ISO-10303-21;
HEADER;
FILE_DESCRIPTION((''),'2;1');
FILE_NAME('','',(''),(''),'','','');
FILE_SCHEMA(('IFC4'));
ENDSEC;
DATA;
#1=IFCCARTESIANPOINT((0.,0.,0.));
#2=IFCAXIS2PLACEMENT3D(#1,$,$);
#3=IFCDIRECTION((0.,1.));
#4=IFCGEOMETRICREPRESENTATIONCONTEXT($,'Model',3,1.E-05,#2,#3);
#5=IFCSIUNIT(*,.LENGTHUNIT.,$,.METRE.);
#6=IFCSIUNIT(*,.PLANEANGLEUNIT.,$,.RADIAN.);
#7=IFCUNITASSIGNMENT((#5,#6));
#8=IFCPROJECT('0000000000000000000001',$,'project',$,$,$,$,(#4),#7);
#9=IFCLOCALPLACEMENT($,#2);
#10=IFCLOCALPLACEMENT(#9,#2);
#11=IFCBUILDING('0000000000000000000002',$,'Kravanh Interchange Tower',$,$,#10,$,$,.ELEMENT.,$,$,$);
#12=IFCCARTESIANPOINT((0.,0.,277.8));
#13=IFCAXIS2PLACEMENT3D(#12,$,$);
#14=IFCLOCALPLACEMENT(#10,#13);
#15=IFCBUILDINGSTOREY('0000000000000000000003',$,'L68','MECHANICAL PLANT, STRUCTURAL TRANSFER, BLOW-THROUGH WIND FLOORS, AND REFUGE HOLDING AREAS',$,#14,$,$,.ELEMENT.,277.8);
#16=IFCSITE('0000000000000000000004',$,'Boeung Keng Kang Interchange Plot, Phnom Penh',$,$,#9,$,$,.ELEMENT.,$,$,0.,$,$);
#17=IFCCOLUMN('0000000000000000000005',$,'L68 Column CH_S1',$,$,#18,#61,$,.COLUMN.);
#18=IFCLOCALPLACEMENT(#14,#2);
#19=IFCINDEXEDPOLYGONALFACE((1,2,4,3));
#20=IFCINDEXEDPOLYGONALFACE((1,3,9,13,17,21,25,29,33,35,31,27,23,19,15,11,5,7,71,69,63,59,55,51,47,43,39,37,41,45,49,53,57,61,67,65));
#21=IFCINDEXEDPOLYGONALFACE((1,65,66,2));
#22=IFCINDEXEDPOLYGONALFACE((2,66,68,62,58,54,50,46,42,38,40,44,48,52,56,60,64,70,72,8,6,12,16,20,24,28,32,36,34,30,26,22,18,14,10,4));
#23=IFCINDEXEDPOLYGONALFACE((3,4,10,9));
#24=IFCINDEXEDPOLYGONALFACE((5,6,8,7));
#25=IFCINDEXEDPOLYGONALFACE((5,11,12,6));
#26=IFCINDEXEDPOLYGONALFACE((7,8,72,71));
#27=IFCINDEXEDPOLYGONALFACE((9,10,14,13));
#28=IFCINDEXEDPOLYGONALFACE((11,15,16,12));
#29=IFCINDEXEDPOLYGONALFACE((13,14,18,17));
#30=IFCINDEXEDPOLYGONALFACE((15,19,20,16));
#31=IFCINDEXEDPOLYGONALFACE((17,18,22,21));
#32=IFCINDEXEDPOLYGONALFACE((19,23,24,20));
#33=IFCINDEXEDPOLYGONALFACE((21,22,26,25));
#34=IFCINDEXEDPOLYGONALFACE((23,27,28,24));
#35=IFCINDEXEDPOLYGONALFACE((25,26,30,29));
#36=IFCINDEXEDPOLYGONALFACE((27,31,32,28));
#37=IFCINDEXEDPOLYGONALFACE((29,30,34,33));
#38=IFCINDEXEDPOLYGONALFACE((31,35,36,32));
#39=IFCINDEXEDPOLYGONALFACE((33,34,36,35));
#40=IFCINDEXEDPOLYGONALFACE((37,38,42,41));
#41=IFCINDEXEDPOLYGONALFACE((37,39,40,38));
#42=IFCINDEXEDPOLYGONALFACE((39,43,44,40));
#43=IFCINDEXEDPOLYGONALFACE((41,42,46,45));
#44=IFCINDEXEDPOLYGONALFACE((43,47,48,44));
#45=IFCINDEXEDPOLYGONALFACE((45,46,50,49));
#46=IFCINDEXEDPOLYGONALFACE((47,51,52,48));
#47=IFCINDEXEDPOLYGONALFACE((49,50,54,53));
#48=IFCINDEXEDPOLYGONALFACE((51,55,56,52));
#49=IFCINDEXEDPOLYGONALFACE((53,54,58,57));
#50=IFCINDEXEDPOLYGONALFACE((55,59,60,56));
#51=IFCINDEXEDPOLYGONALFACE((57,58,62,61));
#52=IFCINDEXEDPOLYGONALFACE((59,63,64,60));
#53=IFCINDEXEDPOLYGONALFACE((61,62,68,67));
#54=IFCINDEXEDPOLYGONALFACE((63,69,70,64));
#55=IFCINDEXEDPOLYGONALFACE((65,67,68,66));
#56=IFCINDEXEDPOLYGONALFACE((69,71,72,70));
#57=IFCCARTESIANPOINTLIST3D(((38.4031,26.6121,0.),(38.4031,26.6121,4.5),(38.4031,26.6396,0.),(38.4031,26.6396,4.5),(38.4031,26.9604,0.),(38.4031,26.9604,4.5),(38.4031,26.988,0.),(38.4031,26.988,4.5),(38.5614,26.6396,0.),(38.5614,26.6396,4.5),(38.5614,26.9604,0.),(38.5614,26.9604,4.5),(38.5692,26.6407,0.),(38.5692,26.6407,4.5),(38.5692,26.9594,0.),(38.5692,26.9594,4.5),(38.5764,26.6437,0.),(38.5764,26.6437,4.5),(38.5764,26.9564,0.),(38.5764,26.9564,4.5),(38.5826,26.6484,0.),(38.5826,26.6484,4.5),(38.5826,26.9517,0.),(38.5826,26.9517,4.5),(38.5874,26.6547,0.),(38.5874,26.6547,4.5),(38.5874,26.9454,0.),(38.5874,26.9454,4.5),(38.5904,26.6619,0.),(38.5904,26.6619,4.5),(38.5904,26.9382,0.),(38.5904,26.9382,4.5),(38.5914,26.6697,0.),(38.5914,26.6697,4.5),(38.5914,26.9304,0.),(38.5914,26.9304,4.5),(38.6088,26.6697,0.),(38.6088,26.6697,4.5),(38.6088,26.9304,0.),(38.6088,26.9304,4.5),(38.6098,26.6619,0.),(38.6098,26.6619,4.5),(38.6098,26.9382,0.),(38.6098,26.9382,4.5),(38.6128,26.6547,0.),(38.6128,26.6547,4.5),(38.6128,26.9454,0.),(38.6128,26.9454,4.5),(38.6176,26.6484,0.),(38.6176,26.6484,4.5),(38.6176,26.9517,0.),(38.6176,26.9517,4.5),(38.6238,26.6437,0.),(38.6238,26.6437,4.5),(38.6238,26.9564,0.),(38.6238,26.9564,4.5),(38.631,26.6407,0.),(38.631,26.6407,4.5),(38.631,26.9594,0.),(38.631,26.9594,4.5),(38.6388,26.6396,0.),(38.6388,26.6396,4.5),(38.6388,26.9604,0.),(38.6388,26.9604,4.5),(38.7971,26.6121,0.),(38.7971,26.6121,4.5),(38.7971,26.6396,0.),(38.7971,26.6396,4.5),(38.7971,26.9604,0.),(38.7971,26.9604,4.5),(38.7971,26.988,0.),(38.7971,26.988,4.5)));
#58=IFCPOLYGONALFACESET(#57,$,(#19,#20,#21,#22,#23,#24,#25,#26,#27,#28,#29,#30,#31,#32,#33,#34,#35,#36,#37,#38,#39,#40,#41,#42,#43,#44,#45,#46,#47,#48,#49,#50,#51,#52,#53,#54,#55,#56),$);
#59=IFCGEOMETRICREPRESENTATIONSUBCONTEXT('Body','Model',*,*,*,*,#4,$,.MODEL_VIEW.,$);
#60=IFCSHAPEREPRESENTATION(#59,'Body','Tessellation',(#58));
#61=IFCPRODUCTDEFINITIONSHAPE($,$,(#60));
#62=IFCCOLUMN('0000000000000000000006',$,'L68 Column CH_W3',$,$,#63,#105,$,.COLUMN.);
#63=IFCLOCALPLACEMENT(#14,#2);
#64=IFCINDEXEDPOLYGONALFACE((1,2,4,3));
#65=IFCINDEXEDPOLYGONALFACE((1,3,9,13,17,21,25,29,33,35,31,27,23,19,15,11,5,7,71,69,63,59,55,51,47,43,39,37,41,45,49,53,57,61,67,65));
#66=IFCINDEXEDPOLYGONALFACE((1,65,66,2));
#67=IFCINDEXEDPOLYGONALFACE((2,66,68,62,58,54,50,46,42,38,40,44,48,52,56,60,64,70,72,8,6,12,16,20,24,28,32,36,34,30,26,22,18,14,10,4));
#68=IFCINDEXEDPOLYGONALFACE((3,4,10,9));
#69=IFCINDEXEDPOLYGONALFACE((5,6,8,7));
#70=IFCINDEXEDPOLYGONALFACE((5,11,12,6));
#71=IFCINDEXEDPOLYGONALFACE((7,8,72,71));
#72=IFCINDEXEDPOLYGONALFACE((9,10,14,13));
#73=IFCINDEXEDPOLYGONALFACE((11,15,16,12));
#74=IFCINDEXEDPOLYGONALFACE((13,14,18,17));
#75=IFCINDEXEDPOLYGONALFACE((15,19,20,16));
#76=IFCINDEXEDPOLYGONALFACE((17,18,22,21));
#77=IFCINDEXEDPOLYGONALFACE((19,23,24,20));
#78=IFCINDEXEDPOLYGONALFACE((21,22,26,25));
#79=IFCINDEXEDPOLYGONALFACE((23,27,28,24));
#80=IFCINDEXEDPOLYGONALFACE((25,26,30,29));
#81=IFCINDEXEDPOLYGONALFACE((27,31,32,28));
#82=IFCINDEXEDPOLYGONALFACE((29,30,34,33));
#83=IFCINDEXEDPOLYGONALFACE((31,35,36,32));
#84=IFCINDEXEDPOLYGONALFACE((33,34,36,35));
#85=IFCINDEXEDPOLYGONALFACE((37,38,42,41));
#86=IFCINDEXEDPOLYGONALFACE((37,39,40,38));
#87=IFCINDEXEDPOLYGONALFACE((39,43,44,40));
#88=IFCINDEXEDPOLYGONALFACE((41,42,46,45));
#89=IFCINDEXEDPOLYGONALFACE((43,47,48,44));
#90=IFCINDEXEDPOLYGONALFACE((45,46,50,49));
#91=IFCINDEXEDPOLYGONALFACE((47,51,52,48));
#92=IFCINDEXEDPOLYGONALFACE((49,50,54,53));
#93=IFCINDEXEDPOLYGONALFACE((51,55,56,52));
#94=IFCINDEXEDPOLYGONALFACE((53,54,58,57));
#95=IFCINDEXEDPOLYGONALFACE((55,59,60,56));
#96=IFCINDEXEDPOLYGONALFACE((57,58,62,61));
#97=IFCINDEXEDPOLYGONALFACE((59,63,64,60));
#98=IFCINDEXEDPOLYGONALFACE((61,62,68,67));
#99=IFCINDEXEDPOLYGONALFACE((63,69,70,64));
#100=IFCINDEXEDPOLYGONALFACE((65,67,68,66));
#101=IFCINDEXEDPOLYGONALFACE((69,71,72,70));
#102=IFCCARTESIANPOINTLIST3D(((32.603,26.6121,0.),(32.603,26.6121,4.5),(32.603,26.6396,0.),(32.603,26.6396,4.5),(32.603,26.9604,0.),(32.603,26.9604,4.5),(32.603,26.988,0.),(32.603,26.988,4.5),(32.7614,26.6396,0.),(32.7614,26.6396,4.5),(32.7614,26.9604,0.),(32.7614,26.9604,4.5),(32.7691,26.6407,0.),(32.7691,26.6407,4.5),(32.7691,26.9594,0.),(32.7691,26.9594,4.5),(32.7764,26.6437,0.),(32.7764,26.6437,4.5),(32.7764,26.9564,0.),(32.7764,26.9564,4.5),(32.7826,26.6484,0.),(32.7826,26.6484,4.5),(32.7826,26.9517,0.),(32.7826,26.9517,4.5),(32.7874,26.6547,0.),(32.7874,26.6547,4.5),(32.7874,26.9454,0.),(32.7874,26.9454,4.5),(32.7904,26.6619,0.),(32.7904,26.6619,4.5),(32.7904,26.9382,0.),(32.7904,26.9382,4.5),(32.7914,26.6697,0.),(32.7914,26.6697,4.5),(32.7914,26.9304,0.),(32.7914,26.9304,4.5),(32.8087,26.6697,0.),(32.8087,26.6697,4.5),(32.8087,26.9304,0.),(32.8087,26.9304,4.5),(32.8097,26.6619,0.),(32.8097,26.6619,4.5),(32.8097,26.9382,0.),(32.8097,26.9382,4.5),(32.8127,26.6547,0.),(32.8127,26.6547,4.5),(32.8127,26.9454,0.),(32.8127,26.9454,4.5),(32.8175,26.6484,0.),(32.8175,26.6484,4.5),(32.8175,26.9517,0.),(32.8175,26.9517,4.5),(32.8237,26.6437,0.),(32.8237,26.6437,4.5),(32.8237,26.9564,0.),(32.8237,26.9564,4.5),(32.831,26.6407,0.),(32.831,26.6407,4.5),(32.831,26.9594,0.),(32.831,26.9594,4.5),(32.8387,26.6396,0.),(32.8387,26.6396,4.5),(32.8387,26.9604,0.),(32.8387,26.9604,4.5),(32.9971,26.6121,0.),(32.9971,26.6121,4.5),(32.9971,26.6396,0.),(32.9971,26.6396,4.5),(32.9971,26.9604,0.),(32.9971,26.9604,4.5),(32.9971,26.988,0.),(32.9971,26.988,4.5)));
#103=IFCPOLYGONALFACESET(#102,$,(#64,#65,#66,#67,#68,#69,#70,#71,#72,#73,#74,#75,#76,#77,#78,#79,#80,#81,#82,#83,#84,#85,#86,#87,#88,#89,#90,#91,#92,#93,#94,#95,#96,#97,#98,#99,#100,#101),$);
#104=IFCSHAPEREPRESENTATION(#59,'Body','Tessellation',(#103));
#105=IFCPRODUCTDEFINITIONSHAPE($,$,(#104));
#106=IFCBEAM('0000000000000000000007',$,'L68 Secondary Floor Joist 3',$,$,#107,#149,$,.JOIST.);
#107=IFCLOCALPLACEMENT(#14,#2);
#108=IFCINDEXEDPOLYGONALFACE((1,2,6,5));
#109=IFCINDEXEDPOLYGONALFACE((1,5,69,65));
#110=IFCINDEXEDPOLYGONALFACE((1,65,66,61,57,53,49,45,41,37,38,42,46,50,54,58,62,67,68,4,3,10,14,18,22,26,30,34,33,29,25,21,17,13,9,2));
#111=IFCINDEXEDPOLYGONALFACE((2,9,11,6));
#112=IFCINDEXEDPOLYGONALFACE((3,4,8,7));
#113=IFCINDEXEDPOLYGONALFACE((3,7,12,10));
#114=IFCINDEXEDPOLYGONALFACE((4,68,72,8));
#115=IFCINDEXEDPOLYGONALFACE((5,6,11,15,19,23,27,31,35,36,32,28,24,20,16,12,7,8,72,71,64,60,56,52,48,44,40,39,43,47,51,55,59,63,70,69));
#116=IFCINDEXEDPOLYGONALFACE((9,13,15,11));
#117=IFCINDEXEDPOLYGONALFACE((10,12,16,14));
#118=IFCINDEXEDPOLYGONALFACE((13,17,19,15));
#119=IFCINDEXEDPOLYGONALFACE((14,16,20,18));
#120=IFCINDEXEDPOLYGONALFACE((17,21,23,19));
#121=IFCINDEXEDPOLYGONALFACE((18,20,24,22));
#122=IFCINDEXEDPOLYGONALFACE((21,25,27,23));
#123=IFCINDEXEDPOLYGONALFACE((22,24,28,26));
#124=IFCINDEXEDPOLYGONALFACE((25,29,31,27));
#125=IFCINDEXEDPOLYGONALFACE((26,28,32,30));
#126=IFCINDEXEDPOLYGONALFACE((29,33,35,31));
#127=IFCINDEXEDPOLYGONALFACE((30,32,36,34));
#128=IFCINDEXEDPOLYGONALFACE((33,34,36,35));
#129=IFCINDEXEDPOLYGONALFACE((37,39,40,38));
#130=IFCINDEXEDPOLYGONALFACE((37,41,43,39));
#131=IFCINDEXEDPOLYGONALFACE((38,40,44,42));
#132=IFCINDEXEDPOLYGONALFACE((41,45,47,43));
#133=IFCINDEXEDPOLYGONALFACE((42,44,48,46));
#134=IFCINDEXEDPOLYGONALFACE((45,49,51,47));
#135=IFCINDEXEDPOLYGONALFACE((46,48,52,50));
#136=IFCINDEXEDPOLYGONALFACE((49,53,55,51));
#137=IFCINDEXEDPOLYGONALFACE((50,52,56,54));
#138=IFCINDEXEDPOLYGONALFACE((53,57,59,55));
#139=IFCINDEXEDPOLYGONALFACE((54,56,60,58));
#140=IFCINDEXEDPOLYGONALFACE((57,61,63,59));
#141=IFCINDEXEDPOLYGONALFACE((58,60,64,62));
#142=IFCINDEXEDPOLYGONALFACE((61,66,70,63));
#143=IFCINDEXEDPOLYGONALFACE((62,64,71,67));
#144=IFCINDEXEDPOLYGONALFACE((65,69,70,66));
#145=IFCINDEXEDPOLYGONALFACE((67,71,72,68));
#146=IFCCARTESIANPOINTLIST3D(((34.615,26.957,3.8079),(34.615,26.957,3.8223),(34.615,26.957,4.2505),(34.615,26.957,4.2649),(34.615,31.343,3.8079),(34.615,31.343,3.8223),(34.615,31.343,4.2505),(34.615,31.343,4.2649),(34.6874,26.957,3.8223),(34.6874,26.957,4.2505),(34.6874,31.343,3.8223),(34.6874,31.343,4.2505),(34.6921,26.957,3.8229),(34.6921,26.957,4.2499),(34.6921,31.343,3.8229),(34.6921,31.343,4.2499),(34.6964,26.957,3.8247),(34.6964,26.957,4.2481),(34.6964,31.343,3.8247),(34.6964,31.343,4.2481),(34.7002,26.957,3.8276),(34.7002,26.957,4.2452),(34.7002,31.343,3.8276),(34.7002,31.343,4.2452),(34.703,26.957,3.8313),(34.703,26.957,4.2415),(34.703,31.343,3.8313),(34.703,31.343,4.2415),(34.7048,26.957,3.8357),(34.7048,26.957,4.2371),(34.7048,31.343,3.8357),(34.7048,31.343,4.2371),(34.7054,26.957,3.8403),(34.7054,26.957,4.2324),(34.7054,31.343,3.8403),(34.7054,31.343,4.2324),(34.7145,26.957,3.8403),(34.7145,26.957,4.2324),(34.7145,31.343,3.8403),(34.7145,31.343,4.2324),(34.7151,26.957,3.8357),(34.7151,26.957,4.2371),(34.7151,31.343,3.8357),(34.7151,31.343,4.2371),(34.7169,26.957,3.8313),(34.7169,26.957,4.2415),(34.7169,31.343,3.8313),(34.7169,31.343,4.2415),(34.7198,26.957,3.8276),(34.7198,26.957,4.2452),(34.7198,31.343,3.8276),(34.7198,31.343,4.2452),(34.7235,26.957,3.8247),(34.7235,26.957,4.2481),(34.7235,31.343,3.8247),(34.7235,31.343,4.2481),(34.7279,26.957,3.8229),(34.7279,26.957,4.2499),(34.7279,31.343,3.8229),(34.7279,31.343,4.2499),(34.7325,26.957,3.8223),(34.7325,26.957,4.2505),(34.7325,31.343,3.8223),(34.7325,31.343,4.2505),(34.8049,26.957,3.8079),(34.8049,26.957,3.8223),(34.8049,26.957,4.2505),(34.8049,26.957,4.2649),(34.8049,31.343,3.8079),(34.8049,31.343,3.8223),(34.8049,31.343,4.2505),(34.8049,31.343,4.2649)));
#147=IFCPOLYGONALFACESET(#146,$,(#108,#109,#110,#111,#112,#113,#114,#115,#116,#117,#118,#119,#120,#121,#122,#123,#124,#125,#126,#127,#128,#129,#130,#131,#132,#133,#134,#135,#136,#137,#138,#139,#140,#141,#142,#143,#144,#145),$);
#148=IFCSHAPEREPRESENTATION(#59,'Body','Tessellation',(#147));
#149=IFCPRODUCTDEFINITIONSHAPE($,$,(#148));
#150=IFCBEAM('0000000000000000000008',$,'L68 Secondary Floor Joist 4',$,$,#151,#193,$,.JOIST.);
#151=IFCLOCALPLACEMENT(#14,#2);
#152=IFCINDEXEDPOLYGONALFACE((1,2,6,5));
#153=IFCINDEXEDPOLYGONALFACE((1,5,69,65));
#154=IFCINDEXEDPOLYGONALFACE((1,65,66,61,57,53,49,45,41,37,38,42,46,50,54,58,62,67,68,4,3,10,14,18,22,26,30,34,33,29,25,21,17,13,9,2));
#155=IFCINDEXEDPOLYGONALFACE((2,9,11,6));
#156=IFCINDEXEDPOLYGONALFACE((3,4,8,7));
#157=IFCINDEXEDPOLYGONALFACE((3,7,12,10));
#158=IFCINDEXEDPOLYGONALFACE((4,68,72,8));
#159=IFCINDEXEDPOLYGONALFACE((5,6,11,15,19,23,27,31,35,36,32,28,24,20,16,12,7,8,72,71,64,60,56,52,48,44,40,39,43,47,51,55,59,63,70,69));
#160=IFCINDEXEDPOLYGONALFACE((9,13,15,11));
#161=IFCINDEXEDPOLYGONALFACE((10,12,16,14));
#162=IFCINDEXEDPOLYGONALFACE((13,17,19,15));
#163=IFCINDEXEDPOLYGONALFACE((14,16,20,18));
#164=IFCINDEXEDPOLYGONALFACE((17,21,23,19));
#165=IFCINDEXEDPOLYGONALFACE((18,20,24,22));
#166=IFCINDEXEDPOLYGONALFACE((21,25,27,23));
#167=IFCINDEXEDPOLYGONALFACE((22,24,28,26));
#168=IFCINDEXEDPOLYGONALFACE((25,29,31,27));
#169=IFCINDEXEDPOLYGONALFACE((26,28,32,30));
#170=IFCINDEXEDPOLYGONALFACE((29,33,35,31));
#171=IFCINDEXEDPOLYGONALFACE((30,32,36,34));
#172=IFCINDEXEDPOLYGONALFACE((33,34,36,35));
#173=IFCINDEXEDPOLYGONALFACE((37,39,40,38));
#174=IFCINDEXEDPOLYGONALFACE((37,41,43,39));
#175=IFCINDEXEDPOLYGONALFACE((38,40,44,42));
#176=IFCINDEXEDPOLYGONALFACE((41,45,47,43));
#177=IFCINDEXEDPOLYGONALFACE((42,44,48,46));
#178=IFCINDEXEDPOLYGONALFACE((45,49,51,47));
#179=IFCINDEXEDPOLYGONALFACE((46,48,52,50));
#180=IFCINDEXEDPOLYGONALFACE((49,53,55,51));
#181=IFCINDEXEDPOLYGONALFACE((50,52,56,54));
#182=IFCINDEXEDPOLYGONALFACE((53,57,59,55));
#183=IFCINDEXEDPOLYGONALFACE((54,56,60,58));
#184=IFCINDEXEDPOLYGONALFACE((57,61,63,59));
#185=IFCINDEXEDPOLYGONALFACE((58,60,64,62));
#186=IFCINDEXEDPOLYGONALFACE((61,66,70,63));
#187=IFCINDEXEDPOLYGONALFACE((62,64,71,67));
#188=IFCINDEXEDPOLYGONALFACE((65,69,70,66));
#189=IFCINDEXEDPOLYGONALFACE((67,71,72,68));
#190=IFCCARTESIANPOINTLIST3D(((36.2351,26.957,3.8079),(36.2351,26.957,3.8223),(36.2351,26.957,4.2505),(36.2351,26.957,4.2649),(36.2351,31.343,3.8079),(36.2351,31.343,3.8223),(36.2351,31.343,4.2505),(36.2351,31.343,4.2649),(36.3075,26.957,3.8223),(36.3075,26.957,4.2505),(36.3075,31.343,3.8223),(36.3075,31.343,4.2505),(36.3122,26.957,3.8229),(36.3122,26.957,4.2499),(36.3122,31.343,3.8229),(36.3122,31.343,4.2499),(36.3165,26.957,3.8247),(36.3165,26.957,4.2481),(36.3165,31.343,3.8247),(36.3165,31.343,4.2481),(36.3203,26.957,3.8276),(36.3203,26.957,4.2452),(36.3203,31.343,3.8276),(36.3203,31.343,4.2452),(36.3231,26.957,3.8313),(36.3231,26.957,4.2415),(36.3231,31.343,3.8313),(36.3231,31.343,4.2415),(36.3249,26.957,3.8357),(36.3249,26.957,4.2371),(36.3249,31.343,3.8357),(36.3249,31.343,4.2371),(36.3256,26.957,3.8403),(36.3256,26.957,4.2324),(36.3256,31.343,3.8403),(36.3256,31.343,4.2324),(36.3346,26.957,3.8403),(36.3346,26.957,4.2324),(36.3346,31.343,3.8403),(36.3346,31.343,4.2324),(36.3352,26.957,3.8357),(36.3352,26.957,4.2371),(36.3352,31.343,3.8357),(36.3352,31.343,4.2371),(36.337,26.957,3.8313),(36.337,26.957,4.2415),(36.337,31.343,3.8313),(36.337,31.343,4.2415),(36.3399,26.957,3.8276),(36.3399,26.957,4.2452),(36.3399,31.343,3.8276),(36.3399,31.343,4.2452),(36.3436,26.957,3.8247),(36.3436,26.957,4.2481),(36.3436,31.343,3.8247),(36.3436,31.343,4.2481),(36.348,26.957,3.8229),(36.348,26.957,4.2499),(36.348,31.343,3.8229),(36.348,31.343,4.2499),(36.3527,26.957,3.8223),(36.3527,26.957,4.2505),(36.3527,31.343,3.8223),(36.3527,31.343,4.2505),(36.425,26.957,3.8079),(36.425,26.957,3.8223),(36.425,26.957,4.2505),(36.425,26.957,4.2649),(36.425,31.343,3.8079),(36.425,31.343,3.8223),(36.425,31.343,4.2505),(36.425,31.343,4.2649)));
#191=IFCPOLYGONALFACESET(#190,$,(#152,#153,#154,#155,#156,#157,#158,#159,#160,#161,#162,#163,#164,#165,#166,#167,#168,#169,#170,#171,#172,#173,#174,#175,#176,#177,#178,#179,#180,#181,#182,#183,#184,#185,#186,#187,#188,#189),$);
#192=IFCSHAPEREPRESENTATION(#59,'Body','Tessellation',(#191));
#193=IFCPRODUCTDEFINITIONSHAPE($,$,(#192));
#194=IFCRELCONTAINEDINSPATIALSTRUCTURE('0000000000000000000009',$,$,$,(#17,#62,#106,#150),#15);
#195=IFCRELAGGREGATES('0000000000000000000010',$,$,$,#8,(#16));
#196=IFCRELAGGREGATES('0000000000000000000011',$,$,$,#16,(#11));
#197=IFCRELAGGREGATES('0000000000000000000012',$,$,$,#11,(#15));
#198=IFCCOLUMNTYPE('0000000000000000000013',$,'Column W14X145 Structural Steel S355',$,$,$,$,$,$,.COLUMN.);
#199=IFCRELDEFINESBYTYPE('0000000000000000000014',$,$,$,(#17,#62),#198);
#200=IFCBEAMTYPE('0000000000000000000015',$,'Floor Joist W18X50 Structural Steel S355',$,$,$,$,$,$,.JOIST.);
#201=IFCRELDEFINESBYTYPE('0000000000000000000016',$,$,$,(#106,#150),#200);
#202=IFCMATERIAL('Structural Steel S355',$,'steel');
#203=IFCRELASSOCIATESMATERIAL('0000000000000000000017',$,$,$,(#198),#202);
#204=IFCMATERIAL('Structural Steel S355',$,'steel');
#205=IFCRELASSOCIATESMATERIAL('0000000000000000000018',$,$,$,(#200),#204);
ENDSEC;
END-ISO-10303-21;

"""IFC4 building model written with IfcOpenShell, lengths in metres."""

from ifc_helpers import new_model, si_unit, direction, frame, origin, origin_2d, place, context, subcontext, project, spatial, i_section, extrude, material, material_profile, profile_set, type_object, element, save


model = new_model("IFC4")

# Units and contexts
model_context = context("Model", 3, precision=1e-05, world=origin(), true_north=direction((0.0, 1.0)))
body_context = subcontext(model_context, "Body", "Model", "MODEL_VIEW")
ifc_project = project(units=[si_unit("LENGTHUNIT", "METRE"), si_unit("PLANEANGLEUNIT", "RADIAN")], contexts=[model_context])

# Site, building, storey
site_placement = place(None, origin())
site = spatial("IfcSite", under=ifc_project, at=site_placement, Name="Boeung Keng Kang Interchange Plot, Phnom Penh", CompositionType="ELEMENT", RefElevation=0.0)
building_placement = place(site_placement, origin())
building = spatial("IfcBuilding", under=site, at=building_placement, Name="Kravanh Interchange Tower", CompositionType="ELEMENT")
storey_placement = place(building_placement, frame((0.0, 0.0, 277.8)))
storey = spatial("IfcBuildingStorey", under=building, at=storey_placement, Name="L68", Description="MECHANICAL PLANT, STRUCTURAL TRANSFER, BLOW-THROUGH WIND FLOORS, AND REFUGE HOLDING AREAS", CompositionType="ELEMENT", Elevation=277.8)

# Columns
ifc_material_1 = material(Name="Structural Steel S355", Category="steel")
ifc_material_profile_1 = material_profile(ifc_material_1, i_section(OverallWidth=0.394, OverallDepth=0.376, WebThickness=0.0173, FlangeThickness=0.0276, FilletRadius=0.03, at=origin_2d()), Name="W14X145")
ifc_profile_set_1 = profile_set([ifc_material_profile_1], Name="Structural Steel S355")
column_type = type_object("IfcColumnType", Name="Column W14X145 Structural Steel S355", PredefinedType="COLUMN", material=ifc_profile_set_1)
for number, where, z_axis, x_axis, name in (
    (1, (38.6001, 26.8, 0.0), (0.0, 0.0, 1.0), (1.0, 0.0, 0.0), "L68 Column CH_S1"),
    (2, (32.8, 26.8, 0.0), (0.0, 0.0, 1.0), (1.0, 0.0, 0.0), "L68 Column CH_W3"),
):
    element("IfcColumn", number, at=place(storey_placement, frame(where, z_axis=z_axis, x_axis=x_axis)), inside=storey, type_object=column_type, Name=name, PredefinedType="COLUMN", context=body_context, shape_type="SweptSolid", body=[
        extrude(i_section(OverallWidth=0.394, OverallDepth=0.376, WebThickness=0.0173, FlangeThickness=0.0276, FilletRadius=0.03, at=origin_2d()), origin(), (0.0, 0.0, 1.0), 4.5),
    ])

# Beams
ifc_material_2 = material(Name="Structural Steel S355", Category="steel")
ifc_material_profile_2 = material_profile(ifc_material_2, i_section(OverallWidth=0.1899, OverallDepth=0.457, WebThickness=0.009, FlangeThickness=0.0144, FilletRadius=0.0181, at=origin_2d()), Name="W18X50")
ifc_profile_set_2 = profile_set([ifc_material_profile_2], Name="Structural Steel S355")
beam_type = type_object("IfcBeamType", Name="Floor Joist W18X50 Structural Steel S355", PredefinedType="JOIST", material=ifc_profile_set_2)
for number, where, z_axis, x_axis, name in (
    (3, (34.71, 26.957, 4.0364), (0.0, 1.0, 0.0), (-1.0, 0.0, 0.0), "L68 Secondary Floor Joist 3"),
    (4, (36.3301, 26.957, 4.0364), (0.0, 1.0, 0.0), (-1.0, 0.0, 0.0), "L68 Secondary Floor Joist 4"),
):
    element("IfcBeam", number, at=place(storey_placement, frame(where, z_axis=z_axis, x_axis=x_axis)), inside=storey, type_object=beam_type, Name=name, PredefinedType="JOIST", context=body_context, shape_type="SweptSolid", body=[
        extrude(i_section(OverallWidth=0.1899, OverallDepth=0.457, WebThickness=0.009, FlangeThickness=0.0144, FilletRadius=0.0181, at=origin_2d()), origin(), (0.0, 0.0, 1.0), 4.386),
    ])

save(model, "model.ifc")
